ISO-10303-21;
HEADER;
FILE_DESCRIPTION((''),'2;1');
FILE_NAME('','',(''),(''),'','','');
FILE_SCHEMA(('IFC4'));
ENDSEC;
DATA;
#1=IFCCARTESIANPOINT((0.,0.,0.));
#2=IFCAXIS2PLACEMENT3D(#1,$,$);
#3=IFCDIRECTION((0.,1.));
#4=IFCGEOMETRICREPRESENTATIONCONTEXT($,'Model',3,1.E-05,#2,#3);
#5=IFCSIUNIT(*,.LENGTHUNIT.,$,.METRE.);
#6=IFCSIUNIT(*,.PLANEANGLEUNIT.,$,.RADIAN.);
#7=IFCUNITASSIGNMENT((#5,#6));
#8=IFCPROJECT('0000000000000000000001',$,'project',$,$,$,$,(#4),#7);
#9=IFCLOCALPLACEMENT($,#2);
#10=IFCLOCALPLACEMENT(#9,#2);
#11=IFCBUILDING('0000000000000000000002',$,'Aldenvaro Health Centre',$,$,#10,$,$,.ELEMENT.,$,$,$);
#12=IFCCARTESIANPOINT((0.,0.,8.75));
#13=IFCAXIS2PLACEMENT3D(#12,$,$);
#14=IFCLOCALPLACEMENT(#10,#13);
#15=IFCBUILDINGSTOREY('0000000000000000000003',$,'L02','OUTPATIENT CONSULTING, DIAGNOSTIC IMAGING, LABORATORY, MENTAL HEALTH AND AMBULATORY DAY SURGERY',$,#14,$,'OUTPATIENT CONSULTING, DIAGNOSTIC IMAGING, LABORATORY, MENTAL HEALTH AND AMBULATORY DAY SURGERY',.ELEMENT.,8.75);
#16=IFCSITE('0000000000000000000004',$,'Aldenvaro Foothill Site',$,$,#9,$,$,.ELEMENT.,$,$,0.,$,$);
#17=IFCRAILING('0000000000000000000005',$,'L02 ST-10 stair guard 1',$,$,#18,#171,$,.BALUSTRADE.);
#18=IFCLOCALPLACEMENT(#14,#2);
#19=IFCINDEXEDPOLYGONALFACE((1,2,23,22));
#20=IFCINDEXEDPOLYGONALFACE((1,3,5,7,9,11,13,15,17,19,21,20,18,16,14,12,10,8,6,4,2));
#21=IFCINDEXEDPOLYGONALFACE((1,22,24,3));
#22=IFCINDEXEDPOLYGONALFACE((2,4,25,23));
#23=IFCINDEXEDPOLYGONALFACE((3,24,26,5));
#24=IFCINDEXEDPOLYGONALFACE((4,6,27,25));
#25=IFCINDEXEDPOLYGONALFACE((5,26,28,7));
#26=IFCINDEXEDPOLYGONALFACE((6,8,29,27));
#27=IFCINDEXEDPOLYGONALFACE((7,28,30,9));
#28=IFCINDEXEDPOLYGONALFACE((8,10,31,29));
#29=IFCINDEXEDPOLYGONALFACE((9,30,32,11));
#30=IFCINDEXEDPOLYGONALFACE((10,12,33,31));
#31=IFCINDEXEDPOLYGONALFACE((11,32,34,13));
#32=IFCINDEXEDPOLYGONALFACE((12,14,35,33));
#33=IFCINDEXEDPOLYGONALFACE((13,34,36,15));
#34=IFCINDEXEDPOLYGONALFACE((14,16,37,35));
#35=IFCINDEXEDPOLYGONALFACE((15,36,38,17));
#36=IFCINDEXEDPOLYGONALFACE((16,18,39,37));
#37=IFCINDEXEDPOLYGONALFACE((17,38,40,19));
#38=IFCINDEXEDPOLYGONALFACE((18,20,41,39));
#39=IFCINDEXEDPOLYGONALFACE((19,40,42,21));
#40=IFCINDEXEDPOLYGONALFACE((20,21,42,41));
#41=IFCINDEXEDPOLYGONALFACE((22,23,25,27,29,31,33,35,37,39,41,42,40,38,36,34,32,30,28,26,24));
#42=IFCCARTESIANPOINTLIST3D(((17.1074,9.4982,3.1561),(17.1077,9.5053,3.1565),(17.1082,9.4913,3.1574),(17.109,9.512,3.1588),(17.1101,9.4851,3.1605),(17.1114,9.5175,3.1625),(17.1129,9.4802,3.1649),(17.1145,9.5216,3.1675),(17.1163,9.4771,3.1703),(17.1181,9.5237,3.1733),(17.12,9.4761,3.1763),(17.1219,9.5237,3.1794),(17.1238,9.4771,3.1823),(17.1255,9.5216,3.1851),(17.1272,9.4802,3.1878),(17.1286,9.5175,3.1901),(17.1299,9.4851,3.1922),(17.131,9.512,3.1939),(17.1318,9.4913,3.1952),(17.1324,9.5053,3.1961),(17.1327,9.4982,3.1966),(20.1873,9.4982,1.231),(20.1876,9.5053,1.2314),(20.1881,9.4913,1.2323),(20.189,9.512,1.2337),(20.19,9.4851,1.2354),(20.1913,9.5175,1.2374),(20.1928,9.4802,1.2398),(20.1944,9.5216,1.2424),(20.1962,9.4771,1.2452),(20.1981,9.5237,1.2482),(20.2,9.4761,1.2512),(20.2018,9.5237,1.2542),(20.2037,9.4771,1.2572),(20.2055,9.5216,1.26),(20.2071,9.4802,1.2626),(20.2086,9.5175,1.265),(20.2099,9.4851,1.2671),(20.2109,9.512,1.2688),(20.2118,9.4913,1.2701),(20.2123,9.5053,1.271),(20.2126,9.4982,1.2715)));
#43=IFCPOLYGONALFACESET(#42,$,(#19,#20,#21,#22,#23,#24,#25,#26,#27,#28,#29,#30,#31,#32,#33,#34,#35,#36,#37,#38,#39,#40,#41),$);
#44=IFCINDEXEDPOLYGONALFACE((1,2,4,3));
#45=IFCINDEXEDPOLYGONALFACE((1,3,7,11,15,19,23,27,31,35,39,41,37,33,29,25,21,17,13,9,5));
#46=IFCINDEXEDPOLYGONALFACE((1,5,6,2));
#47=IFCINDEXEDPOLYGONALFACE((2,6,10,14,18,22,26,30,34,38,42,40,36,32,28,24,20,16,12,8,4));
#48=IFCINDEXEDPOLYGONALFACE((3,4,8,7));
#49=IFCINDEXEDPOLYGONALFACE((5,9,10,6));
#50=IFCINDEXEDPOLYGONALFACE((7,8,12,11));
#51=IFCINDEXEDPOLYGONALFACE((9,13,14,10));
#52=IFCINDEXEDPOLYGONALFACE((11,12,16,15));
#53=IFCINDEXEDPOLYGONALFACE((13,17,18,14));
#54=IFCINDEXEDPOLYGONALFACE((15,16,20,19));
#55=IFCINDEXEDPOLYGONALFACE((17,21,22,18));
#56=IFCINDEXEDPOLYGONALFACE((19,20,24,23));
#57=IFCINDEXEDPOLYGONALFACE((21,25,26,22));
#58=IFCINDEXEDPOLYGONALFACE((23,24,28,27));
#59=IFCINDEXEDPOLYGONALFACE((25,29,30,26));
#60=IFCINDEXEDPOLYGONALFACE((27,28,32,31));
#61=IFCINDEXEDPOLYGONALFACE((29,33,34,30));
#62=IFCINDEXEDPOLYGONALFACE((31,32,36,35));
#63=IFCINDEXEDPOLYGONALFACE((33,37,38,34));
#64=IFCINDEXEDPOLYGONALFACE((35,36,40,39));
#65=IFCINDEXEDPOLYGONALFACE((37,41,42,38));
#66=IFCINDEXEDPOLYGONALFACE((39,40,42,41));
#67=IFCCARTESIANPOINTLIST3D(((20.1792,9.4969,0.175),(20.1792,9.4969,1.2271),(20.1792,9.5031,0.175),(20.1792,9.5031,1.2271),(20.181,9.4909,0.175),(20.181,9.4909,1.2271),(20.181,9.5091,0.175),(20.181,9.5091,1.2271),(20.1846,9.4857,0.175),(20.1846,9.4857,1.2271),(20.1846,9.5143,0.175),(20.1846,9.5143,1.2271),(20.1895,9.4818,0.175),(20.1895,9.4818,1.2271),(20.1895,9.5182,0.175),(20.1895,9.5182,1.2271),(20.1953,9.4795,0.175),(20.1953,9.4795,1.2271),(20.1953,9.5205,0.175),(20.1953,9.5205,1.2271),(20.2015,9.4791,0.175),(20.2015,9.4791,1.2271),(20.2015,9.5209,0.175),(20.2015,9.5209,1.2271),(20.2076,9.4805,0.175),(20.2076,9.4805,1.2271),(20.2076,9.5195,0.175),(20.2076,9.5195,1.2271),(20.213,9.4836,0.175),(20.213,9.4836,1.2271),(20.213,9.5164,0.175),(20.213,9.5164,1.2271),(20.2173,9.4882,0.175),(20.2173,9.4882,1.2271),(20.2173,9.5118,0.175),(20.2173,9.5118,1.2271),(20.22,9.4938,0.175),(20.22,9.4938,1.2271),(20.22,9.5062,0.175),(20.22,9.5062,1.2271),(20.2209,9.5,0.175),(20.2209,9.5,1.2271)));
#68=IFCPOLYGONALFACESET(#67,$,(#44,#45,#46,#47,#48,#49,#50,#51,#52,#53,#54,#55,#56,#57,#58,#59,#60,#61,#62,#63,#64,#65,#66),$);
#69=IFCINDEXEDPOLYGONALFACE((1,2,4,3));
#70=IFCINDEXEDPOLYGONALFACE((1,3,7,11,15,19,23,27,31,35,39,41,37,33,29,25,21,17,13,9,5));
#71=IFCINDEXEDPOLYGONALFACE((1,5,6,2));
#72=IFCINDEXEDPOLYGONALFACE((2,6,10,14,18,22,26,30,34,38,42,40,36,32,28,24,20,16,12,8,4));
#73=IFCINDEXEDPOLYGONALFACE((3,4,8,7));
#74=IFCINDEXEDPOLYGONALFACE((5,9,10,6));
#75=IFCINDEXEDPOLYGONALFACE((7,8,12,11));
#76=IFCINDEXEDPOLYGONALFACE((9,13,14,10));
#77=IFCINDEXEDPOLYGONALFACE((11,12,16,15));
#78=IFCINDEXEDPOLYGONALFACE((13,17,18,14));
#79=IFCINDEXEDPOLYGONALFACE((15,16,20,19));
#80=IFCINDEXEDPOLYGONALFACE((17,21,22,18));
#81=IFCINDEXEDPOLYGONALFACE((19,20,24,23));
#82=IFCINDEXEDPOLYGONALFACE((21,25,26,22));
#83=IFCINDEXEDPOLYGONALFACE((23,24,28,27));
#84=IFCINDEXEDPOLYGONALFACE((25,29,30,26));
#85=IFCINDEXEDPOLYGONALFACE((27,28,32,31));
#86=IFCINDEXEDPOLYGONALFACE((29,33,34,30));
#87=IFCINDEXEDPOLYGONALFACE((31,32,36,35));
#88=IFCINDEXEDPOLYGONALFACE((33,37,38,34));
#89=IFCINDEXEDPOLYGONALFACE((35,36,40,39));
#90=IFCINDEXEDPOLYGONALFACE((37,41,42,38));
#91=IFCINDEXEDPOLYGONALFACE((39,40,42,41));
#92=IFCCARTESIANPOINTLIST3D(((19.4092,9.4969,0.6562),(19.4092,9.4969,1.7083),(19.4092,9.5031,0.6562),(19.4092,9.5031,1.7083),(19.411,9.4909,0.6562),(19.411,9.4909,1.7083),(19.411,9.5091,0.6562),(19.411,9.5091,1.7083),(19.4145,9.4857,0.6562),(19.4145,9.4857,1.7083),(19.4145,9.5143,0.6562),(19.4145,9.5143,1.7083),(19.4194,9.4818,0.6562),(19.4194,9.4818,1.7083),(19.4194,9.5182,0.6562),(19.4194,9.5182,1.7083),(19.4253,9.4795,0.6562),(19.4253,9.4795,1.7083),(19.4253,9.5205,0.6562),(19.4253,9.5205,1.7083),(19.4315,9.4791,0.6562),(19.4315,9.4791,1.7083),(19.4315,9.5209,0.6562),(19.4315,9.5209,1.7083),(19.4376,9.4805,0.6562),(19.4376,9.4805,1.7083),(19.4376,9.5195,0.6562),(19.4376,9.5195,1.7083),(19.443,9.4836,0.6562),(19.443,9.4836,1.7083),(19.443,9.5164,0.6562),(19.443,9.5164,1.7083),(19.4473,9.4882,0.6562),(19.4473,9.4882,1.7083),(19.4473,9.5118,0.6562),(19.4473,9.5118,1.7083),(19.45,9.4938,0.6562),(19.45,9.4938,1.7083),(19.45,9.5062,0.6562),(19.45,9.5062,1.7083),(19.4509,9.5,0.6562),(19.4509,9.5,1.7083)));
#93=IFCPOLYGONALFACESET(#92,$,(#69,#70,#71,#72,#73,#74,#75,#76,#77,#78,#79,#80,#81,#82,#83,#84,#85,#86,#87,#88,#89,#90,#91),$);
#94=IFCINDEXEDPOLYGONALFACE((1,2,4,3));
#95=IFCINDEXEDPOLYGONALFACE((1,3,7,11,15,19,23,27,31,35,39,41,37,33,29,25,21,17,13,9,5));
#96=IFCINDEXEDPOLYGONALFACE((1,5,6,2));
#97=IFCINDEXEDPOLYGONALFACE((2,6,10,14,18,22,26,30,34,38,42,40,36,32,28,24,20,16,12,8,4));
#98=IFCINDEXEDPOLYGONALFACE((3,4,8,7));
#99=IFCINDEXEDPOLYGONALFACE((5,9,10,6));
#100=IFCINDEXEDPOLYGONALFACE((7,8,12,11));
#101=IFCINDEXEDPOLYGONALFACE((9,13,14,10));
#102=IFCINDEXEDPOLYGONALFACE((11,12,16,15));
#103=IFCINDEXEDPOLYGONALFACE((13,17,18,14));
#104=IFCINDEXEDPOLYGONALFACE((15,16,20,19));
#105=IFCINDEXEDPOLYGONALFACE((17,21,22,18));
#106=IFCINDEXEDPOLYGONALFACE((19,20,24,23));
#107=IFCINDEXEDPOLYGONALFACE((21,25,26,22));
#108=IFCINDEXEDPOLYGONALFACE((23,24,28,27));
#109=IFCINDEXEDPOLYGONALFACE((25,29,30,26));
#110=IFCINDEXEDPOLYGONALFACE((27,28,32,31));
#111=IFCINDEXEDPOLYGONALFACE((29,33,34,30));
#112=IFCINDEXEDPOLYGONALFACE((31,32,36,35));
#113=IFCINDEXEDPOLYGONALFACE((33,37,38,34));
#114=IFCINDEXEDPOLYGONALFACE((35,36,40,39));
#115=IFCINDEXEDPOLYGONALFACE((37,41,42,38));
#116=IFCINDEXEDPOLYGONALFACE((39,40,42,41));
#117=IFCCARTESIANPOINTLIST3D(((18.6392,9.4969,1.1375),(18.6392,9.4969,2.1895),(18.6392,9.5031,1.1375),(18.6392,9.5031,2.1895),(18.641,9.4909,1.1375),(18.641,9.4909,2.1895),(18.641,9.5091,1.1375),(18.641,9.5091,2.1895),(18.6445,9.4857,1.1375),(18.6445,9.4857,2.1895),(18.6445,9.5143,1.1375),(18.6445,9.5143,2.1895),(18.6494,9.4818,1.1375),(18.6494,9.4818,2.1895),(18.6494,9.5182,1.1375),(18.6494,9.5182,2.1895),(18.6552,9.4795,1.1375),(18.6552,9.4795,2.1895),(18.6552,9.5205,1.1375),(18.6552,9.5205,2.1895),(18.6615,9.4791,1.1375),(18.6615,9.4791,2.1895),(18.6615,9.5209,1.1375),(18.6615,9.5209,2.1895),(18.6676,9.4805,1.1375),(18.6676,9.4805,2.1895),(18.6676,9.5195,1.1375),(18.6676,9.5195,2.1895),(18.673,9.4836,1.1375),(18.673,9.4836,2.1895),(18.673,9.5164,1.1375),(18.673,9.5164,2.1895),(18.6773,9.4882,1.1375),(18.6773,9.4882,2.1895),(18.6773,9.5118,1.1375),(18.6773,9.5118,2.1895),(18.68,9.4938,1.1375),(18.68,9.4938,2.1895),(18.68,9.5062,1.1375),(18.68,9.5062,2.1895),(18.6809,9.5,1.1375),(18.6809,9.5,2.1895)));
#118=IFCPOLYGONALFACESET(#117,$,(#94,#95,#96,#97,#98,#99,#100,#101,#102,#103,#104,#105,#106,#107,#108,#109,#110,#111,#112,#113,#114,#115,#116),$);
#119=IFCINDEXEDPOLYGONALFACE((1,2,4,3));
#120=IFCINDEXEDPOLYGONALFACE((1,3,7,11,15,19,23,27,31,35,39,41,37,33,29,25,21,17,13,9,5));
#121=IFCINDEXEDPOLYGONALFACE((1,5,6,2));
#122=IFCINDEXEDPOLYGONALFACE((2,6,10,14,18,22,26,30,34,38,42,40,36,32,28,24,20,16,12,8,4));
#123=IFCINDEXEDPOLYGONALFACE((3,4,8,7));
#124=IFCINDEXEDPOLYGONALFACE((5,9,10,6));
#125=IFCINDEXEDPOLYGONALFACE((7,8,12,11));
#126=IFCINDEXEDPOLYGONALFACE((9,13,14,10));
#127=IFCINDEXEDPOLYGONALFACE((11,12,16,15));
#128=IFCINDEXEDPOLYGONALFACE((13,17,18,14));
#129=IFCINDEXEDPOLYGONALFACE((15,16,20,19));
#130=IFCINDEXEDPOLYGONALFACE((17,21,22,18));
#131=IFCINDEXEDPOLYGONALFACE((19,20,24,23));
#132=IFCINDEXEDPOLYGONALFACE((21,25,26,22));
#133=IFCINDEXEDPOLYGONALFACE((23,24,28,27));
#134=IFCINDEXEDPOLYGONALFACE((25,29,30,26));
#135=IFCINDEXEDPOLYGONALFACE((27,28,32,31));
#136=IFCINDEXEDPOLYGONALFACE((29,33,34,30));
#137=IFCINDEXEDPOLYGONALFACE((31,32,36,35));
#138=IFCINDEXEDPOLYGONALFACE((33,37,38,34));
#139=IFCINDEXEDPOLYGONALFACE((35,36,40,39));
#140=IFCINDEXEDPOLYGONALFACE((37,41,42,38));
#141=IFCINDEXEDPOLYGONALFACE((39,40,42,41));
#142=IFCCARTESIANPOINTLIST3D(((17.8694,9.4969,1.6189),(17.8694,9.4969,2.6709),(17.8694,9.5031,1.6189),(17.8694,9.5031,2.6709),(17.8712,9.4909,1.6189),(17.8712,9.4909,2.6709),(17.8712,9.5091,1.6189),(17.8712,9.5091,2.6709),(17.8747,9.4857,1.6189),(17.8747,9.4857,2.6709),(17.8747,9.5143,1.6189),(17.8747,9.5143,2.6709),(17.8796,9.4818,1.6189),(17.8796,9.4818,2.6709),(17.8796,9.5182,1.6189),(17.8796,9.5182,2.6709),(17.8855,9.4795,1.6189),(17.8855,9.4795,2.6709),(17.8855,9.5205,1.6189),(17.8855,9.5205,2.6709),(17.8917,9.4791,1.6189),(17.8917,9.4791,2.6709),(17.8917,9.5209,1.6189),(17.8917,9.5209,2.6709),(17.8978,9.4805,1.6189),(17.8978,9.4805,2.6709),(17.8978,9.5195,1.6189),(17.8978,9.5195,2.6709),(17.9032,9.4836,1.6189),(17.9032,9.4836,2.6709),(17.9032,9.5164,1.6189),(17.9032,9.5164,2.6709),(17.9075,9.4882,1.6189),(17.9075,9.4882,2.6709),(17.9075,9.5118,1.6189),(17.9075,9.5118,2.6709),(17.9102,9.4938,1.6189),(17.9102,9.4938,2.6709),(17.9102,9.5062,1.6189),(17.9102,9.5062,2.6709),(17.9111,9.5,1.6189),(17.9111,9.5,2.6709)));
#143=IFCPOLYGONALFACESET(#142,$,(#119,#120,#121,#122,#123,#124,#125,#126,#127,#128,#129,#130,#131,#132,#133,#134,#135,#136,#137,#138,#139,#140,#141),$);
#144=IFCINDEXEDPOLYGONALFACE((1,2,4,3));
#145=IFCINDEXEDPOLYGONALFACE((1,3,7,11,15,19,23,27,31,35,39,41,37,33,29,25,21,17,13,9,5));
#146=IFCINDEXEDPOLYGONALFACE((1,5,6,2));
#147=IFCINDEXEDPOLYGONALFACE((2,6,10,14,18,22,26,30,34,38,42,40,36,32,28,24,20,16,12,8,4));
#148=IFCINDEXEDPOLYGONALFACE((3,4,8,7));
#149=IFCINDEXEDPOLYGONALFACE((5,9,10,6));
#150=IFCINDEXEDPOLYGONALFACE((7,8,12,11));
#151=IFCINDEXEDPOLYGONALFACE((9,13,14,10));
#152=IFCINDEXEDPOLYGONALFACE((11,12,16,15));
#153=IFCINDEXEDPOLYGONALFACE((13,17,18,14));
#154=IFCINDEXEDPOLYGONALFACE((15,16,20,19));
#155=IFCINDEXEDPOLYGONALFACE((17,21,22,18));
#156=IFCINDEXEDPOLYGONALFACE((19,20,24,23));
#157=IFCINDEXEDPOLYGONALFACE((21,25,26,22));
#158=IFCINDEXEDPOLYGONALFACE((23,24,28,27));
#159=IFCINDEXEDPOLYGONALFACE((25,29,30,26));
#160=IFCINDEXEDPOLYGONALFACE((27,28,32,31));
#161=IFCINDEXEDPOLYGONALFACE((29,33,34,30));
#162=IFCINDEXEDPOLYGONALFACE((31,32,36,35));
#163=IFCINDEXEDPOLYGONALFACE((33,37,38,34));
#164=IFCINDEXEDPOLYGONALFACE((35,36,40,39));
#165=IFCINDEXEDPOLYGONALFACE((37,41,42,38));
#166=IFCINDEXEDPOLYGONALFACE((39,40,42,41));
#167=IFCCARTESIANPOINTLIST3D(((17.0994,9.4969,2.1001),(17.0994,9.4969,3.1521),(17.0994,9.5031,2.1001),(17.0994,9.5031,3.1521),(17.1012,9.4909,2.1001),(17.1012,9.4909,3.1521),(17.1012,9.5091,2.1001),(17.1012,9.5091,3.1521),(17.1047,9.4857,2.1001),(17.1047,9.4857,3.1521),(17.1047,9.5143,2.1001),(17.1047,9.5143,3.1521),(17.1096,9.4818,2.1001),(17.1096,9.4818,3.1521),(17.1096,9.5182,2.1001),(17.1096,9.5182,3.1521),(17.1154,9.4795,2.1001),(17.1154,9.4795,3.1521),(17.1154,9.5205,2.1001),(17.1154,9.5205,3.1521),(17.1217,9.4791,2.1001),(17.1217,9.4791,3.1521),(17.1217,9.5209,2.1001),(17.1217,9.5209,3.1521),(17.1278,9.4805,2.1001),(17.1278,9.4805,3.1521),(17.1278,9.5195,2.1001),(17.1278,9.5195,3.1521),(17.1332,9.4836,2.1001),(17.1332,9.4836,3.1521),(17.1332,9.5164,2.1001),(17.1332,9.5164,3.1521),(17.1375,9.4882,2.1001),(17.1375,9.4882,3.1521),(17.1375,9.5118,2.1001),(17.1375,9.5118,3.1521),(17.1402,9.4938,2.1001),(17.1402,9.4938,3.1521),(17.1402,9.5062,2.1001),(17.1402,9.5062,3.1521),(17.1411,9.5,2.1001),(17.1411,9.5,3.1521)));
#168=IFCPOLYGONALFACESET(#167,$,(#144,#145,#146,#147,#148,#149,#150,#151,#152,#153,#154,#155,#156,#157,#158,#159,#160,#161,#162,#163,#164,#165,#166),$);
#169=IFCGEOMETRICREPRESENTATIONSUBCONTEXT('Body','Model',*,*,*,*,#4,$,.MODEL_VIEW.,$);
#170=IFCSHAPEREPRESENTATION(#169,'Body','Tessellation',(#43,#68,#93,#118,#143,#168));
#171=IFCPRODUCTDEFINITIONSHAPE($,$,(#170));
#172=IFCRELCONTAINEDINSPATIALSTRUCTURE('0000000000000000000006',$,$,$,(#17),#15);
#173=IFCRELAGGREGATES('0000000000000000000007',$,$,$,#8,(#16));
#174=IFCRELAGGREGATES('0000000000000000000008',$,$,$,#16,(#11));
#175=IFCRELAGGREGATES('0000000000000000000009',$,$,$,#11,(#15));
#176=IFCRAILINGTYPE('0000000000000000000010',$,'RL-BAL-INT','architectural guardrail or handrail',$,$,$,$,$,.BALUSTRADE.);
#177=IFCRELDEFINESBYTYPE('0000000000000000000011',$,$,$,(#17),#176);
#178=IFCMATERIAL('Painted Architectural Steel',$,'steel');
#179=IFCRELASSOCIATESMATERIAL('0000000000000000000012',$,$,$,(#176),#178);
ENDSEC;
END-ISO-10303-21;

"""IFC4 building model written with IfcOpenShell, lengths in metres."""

from ifc_helpers import new_model, si_unit, direction, frame, origin, origin_2d, place, context, subcontext, project, spatial, circle, extrude, material, type_object, element, save


model = new_model("IFC4")

# Units and contexts
model_context = context("Model", 3, precision=1e-05, world=origin(), true_north=direction((0.0, 1.0)))
body_context = subcontext(model_context, "Body", "Model", "MODEL_VIEW")
ifc_project = project(units=[si_unit("LENGTHUNIT", "METRE"), si_unit("PLANEANGLEUNIT", "RADIAN")], contexts=[model_context])

# Site, building, storey
site_placement = place(None, origin())
site = spatial("IfcSite", under=ifc_project, at=site_placement, Name="Aldenvaro Foothill Site", CompositionType="ELEMENT", RefElevation=0.0)
building_placement = place(site_placement, origin())
building = spatial("IfcBuilding", under=site, at=building_placement, Name="Aldenvaro Health Centre", CompositionType="ELEMENT")
storey_placement = place(building_placement, frame((0.0, 0.0, 8.75)))
storey = spatial("IfcBuildingStorey", under=building, at=storey_placement, Name="L02", Description="OUTPATIENT CONSULTING, DIAGNOSTIC IMAGING, LABORATORY, MENTAL HEALTH AND AMBULATORY DAY SURGERY", LongName="OUTPATIENT CONSULTING, DIAGNOSTIC IMAGING, LABORATORY, MENTAL HEALTH AND AMBULATORY DAY SURGERY", CompositionType="ELEMENT", Elevation=8.75)

# Railing
ifc_material_1 = material(Name="Painted Architectural Steel", Category="steel")
railing_type_1 = type_object("IfcRailingType", Name="RL-BAL-INT", Description="architectural guardrail or handrail", PredefinedType="BALUSTRADE", material=ifc_material_1)
railing_1_placement = place(storey_placement, frame((20.2, 9.5, 0.175)))
element("IfcRailing", 1, at=railing_1_placement, inside=storey, type_object=railing_type_1, Name="L02 ST-10 stair guard 1", PredefinedType="BALUSTRADE", context=body_context, shape_type="SweptSolid", body=[
    extrude(circle(Radius=0.0239, at=origin_2d()), frame((0.0, 0.0, 1.0762), z_axis=(-0.847979, 0.0, 0.530029), x_axis=(0.0, -1.0, 0.0)), (0.0, 0.0, 1.0), 3.6321),
    extrude(circle(Radius=0.021, at=origin_2d()), origin(), (0.0, 0.0, 1.0), 1.052),
    extrude(circle(Radius=0.021, at=origin_2d()), frame((-0.77, 0.0, 0.4812)), (0.0, 0.0, 1.0), 1.052),
    extrude(circle(Radius=0.021, at=origin_2d()), frame((-1.54, 0.0, 0.9624)), (0.0, 0.0, 1.0), 1.052),
    extrude(circle(Radius=0.021, at=origin_2d()), frame((-2.3098, 0.0, 1.4438)), (0.0, 0.0, 1.0), 1.052),
    extrude(circle(Radius=0.021, at=origin_2d()), frame((-3.0798, 0.0, 1.925)), (0.0, 0.0, 1.0), 1.052),
])

save(model, "model.ifc")
